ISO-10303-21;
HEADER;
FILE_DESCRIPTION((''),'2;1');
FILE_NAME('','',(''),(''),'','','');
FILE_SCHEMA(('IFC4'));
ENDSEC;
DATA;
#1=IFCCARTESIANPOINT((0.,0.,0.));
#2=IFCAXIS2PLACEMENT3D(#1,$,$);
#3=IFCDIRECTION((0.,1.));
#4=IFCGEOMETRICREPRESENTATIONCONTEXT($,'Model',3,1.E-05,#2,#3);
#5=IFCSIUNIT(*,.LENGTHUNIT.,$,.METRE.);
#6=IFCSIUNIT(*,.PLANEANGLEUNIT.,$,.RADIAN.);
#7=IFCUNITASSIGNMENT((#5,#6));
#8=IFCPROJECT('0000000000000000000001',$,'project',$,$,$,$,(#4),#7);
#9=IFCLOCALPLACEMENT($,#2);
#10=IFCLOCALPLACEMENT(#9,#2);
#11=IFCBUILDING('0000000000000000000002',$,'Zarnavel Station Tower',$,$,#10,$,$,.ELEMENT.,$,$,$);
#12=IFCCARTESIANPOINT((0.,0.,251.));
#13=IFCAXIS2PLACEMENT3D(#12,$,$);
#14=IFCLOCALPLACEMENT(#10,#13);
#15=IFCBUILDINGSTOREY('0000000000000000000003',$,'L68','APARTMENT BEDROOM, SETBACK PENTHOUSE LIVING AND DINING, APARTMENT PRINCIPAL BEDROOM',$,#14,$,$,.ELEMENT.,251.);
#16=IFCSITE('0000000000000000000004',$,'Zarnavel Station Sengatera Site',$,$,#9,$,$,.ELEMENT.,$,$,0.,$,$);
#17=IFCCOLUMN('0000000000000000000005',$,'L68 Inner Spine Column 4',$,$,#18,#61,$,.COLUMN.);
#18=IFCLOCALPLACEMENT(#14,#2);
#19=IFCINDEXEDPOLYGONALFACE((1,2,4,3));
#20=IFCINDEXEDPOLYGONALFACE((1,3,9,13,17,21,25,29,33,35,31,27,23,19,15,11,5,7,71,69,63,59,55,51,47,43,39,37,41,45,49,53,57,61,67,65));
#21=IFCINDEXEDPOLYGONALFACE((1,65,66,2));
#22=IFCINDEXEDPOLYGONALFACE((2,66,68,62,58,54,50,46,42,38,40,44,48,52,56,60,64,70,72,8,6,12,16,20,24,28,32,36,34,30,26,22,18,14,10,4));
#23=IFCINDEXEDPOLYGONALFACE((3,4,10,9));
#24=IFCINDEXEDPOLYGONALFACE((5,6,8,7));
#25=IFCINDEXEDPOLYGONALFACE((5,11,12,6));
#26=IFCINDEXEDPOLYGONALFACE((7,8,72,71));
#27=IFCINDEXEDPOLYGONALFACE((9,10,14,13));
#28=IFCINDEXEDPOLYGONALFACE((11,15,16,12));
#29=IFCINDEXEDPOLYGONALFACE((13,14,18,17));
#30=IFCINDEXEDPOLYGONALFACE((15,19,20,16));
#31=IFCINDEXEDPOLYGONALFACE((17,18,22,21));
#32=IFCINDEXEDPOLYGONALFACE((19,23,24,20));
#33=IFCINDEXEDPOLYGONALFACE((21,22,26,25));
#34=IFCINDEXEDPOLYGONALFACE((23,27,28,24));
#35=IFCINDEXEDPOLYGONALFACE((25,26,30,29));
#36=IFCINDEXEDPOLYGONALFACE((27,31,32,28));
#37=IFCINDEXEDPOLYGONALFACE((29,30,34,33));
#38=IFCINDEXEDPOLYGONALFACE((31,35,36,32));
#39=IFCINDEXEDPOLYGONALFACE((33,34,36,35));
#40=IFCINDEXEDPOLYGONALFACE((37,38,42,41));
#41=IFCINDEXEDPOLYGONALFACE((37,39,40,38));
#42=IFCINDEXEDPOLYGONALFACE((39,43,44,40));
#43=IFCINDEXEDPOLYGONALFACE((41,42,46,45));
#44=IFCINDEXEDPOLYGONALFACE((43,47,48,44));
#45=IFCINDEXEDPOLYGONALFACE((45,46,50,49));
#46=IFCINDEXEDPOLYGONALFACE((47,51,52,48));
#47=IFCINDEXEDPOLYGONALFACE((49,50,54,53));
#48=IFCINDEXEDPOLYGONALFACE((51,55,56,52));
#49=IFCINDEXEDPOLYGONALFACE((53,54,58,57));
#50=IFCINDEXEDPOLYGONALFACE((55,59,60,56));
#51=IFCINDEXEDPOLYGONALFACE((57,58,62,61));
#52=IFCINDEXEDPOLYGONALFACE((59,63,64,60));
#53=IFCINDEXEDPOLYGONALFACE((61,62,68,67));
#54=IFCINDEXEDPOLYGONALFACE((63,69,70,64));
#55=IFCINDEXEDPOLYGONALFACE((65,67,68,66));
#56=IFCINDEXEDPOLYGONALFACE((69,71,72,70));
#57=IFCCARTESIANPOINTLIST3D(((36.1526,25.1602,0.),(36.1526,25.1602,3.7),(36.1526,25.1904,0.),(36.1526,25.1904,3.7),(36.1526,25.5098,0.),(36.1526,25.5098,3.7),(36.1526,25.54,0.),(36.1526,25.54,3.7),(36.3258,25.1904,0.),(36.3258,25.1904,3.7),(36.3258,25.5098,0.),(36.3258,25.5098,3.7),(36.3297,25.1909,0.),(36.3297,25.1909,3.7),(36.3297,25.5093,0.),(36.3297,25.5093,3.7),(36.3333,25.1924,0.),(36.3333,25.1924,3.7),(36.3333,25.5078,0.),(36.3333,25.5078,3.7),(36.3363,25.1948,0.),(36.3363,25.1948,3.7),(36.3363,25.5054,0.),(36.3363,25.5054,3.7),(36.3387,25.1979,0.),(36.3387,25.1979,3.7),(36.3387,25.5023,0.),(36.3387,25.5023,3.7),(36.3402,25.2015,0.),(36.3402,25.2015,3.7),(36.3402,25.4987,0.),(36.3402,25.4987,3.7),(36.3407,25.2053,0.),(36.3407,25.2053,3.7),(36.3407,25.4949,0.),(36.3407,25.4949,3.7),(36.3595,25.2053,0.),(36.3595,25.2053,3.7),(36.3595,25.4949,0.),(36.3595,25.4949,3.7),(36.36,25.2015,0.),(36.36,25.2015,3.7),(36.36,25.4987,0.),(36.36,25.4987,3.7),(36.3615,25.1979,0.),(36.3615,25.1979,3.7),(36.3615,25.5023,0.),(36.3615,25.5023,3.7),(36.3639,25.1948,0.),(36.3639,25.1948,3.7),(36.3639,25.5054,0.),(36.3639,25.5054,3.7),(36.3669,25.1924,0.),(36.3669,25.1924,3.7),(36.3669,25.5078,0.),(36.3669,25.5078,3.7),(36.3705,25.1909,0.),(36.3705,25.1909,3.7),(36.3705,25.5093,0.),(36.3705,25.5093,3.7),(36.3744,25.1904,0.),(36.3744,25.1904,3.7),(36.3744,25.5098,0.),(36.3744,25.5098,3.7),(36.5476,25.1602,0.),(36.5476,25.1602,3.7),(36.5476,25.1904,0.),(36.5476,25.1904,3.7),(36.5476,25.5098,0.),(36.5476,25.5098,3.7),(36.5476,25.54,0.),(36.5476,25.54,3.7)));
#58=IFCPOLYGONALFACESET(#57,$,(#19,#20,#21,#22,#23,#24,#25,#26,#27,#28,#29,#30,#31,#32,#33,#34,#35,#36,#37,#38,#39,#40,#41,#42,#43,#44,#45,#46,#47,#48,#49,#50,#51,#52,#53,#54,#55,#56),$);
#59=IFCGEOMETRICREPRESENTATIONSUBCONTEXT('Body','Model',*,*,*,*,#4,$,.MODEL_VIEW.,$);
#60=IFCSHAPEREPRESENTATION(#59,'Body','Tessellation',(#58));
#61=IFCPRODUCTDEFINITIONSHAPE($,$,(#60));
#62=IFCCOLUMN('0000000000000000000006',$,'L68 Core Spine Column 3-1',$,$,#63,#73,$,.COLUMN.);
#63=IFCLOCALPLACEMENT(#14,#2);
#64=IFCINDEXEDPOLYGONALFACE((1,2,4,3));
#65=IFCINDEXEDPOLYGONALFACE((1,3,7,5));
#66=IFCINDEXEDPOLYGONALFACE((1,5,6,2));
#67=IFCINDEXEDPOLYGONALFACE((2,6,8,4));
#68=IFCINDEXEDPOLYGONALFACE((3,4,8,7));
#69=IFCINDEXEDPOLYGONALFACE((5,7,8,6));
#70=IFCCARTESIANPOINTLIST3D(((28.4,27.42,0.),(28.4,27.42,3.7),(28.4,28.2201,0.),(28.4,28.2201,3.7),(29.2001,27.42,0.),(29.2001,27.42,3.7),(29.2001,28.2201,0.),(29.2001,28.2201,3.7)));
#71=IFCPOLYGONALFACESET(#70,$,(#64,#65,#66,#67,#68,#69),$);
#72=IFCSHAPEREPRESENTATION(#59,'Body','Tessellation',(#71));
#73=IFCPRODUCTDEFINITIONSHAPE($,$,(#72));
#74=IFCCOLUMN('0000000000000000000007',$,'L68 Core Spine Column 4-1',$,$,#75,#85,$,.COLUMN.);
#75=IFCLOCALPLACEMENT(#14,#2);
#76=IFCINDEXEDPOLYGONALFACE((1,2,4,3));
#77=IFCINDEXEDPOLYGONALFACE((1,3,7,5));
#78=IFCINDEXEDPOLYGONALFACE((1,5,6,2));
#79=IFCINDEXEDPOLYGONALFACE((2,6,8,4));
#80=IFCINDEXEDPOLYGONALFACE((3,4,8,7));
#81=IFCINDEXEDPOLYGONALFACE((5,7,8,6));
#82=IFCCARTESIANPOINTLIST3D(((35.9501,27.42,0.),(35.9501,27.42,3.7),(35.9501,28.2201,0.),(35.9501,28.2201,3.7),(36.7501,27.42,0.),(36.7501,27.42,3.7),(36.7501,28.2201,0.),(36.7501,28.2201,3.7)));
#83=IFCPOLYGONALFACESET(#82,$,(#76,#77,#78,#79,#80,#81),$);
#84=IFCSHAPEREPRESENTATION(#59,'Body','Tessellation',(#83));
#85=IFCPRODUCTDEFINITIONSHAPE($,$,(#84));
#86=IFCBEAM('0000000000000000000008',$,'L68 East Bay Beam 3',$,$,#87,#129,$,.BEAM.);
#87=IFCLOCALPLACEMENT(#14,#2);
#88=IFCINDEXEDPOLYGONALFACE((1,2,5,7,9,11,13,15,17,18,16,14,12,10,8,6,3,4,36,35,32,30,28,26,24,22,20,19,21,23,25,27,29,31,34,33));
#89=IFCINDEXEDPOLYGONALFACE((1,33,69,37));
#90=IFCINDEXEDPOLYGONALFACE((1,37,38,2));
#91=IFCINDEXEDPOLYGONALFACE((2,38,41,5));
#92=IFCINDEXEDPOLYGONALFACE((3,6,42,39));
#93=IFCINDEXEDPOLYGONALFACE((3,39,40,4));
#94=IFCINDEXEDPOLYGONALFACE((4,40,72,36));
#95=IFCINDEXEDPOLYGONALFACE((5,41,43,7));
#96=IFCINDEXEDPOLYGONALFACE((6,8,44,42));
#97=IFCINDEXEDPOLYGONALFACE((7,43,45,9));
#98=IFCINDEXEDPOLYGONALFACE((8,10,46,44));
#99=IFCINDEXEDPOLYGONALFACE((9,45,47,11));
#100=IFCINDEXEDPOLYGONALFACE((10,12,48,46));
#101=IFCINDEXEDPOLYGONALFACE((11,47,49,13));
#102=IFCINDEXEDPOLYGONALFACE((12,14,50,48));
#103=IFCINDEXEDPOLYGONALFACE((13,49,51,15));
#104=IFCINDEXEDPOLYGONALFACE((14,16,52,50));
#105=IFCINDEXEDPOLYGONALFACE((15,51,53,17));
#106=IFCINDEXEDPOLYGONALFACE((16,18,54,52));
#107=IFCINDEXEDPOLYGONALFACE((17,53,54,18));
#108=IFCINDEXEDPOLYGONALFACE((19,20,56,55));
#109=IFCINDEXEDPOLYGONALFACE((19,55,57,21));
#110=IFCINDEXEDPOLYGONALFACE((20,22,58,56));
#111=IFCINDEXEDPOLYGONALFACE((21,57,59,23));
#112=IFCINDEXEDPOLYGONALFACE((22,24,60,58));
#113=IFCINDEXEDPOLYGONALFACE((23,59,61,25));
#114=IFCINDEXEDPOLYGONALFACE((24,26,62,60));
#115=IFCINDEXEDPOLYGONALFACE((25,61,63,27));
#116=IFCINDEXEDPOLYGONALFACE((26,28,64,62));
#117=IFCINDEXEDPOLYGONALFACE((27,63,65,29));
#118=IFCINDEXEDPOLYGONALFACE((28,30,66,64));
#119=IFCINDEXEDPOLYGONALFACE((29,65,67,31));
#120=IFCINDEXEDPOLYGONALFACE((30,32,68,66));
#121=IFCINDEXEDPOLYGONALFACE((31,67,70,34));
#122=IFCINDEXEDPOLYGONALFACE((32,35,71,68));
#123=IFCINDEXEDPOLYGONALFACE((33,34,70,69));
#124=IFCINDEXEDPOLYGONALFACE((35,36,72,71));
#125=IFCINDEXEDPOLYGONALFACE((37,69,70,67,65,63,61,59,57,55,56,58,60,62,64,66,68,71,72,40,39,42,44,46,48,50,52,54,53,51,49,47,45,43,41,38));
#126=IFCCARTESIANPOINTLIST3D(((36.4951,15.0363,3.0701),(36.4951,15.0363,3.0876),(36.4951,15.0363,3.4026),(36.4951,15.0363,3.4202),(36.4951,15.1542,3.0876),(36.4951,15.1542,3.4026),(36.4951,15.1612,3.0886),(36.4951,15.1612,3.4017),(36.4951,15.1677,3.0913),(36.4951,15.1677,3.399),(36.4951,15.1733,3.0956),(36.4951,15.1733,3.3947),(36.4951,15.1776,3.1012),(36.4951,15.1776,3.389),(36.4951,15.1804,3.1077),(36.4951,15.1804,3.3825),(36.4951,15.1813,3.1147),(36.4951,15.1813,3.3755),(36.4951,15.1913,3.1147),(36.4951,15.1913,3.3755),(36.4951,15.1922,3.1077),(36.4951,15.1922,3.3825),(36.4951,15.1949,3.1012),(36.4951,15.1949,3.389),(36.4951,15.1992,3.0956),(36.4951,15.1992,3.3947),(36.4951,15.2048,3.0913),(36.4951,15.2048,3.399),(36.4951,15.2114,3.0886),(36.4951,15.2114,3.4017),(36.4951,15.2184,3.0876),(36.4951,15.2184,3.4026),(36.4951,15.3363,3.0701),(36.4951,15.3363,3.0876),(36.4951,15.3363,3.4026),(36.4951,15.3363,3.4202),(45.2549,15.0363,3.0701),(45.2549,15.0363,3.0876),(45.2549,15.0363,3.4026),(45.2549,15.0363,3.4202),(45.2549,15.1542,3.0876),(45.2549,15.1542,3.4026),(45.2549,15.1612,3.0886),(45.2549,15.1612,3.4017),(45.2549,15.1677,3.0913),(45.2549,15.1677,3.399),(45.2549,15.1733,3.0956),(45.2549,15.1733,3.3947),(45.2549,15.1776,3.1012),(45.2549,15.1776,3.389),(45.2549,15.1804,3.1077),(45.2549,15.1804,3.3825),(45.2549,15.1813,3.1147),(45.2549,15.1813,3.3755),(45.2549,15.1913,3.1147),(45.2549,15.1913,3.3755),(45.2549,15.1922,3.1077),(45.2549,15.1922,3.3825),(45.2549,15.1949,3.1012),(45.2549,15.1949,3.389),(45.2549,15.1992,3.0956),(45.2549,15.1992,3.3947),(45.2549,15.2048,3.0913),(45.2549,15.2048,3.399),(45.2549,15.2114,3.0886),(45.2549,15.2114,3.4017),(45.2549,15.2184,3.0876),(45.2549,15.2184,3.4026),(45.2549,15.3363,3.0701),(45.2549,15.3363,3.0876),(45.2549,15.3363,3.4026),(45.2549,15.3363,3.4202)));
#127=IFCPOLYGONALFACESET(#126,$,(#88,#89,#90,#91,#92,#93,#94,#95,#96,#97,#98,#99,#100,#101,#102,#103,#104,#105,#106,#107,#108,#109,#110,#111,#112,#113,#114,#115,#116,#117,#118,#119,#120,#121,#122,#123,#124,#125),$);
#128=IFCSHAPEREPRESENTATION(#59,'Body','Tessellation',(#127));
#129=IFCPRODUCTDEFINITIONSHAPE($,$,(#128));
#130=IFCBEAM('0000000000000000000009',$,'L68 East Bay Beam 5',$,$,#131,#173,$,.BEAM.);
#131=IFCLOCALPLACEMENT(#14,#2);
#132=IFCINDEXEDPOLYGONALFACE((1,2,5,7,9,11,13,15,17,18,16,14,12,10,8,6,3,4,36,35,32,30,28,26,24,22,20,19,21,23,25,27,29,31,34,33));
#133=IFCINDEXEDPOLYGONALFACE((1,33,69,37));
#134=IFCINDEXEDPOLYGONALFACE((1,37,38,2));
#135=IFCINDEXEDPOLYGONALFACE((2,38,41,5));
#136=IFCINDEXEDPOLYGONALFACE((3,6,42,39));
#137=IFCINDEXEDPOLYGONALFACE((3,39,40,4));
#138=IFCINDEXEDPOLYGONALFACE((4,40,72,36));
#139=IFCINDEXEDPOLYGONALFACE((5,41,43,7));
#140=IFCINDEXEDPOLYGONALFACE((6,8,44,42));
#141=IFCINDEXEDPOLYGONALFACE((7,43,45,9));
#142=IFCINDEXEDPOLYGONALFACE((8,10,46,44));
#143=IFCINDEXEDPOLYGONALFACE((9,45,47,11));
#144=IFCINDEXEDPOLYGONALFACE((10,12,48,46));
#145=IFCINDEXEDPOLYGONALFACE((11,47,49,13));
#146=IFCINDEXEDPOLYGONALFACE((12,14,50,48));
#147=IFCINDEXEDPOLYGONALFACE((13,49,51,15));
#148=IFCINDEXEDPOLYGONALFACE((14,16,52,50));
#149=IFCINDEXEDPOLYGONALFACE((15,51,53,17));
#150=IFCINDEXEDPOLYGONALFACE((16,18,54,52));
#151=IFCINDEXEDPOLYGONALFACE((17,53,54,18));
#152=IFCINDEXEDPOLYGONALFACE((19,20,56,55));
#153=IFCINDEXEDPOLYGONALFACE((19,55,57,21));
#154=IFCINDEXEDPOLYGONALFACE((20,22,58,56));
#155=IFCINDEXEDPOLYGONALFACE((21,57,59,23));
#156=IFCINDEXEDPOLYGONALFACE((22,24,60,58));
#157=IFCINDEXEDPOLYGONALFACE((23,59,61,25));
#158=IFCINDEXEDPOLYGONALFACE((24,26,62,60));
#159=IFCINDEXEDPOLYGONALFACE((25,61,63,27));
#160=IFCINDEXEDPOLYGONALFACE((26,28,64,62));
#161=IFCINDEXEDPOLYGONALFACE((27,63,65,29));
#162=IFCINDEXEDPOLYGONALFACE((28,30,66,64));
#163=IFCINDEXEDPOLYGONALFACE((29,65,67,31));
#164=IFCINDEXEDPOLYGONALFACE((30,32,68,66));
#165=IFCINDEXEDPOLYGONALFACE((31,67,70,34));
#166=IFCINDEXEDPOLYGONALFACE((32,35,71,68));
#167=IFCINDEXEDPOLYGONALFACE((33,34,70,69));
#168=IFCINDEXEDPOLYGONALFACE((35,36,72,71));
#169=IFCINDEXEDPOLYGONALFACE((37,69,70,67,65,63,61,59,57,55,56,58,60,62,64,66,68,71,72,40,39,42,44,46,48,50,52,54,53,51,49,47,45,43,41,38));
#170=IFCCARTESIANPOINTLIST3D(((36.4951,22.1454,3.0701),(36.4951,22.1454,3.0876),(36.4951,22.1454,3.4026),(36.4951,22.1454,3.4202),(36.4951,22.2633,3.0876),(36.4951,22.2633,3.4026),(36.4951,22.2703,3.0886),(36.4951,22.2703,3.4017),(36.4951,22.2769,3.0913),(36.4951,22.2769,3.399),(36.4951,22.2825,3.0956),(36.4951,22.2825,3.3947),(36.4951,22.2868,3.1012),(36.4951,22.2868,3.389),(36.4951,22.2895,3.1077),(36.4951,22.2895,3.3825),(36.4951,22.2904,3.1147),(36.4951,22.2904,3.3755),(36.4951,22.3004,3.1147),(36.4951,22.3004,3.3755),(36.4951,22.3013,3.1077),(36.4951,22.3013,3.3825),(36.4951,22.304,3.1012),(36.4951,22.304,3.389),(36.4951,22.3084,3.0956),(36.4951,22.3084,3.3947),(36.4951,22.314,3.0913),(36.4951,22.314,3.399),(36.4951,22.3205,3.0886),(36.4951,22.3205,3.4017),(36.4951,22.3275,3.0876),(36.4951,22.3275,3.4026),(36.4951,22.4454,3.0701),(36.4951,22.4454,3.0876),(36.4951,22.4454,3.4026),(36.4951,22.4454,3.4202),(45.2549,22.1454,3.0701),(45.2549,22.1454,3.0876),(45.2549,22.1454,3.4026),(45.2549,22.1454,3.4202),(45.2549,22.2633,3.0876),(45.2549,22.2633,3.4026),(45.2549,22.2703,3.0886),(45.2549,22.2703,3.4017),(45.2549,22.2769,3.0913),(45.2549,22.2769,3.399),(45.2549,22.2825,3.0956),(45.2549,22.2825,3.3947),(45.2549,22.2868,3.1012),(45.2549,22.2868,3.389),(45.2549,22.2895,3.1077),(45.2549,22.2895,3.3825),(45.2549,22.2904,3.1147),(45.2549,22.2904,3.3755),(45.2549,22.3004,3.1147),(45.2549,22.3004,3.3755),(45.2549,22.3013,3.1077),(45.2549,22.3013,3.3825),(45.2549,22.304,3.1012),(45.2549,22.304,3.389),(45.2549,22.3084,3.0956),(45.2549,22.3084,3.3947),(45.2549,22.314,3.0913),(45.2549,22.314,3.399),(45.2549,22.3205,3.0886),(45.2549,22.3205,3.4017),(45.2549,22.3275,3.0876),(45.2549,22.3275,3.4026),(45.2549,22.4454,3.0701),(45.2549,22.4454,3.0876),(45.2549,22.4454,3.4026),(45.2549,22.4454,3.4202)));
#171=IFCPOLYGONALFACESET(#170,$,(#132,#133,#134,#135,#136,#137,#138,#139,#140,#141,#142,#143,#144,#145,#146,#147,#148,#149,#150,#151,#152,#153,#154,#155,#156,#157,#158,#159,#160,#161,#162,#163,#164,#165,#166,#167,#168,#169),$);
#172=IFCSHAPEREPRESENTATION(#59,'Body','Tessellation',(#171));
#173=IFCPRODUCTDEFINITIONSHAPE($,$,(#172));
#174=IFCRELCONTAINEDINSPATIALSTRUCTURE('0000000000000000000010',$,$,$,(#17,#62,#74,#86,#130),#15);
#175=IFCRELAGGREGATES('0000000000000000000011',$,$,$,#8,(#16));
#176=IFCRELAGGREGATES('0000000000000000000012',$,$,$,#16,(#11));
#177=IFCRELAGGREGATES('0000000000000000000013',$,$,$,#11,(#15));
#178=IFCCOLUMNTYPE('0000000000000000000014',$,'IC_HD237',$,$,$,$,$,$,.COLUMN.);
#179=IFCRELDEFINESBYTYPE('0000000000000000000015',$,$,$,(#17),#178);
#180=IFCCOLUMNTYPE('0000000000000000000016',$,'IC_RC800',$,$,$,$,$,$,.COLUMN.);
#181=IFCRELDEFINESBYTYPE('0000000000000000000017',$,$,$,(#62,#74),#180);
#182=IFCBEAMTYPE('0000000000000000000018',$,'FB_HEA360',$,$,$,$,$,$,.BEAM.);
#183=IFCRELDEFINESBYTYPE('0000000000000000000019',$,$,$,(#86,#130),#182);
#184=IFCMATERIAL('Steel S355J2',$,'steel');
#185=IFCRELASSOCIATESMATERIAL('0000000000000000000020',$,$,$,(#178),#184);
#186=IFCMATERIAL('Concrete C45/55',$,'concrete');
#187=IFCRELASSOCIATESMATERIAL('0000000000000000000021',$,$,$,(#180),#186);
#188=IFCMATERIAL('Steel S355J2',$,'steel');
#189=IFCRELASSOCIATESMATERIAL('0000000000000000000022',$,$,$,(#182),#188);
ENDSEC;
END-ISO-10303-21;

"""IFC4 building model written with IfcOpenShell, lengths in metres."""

from ifc_helpers import new_model, si_unit, direction, frame, origin, origin_2d, place, context, subcontext, project, spatial, rectangle, i_section, extrude, material, material_profile, profile_set, type_object, element, save


model = new_model("IFC4")

# Units and contexts
model_context = context("Model", 3, precision=1e-05, world=origin(), true_north=direction((0.0, 1.0)))
body_context = subcontext(model_context, "Body", "Model", "MODEL_VIEW")
ifc_project = project(units=[si_unit("LENGTHUNIT", "METRE"), si_unit("PLANEANGLEUNIT", "RADIAN")], contexts=[model_context])

# Site, building, storey
site_placement = place(None, origin())
site = spatial("IfcSite", under=ifc_project, at=site_placement, Name="Zarnavel Station Sengatera Site", CompositionType="ELEMENT", RefElevation=0.0)
building_placement = place(site_placement, origin())
building = spatial("IfcBuilding", under=site, at=building_placement, Name="Zarnavel Station Tower", CompositionType="ELEMENT")
storey_placement = place(building_placement, frame((0.0, 0.0, 251.0)))
storey = spatial("IfcBuildingStorey", under=building, at=storey_placement, Name="L68", Description="APARTMENT BEDROOM, SETBACK PENTHOUSE LIVING AND DINING, APARTMENT PRINCIPAL BEDROOM", CompositionType="ELEMENT", Elevation=251.0)

# Columns
ifc_material_1 = material(Name="Steel S355J2", Category="steel")
ifc_material_profile_1 = material_profile(ifc_material_1, i_section(OverallWidth=0.395, OverallDepth=0.3799, WebThickness=0.0188, FlangeThickness=0.0303, FilletRadius=0.0149, at=origin_2d()), Name="HD400x237")
ifc_profile_set_1 = profile_set([ifc_material_profile_1], Name="Steel S355J2")
column_type_1 = type_object("IfcColumnType", Name="IC_HD237", PredefinedType="COLUMN", material=ifc_profile_set_1)
column_placement = place(storey_placement, frame((36.3501, 25.3501, 0.0), z_axis=(0.0, 0.0, 1.0), x_axis=(1.0, 0.0, 0.0)))
element("IfcColumn", 1, at=column_placement, inside=storey, type_object=column_type_1, Name="L68 Inner Spine Column 4", PredefinedType="COLUMN", context=body_context, shape_type="SweptSolid", body=[
    extrude(i_section(OverallWidth=0.395, OverallDepth=0.3799, WebThickness=0.0188, FlangeThickness=0.0303, FilletRadius=0.0149, at=origin_2d()), origin(), (0.0, 0.0, 1.0), 3.7),
])
ifc_material_2 = material(Name="Concrete C45/55", Category="concrete")
ifc_material_profile_2 = material_profile(ifc_material_2, rectangle(XDim=0.8, YDim=0.8, at=origin_2d()), Name="RC800x800")
ifc_profile_set_2 = profile_set([ifc_material_profile_2], Name="Concrete C45/55")
column_type_2 = type_object("IfcColumnType", Name="IC_RC800", PredefinedType="COLUMN", material=ifc_profile_set_2)
for number, where, z_axis, x_axis, name in (
    (2, (28.8, 27.8201, 0.0), (0.0, 0.0, 1.0), (1.0, 0.0, 0.0), "L68 Core Spine Column 3-1"),
    (3, (36.3501, 27.8201, 0.0), (0.0, 0.0, 1.0), (1.0, 0.0, 0.0), "L68 Core Spine Column 4-1"),
):
    element("IfcColumn", number, at=place(storey_placement, frame(where, z_axis=z_axis, x_axis=x_axis)), inside=storey, type_object=column_type_2, Name=name, PredefinedType="COLUMN", context=body_context, shape_type="SweptSolid", body=[
        extrude(rectangle(XDim=0.8, YDim=0.8, at=origin_2d()), origin(), (0.0, 0.0, 1.0), 3.7),
    ])

# Beams
ifc_material_3 = material(Name="Steel S355J2", Category="steel")
ifc_material_profile_3 = material_profile(ifc_material_3, i_section(OverallWidth=0.3, OverallDepth=0.3501, WebThickness=0.01, FlangeThickness=0.0176, FilletRadius=0.0271, at=origin_2d()), Name="HEA360")
ifc_profile_set_3 = profile_set([ifc_material_profile_3], Name="Steel S355J2")
beam_type_1 = type_object("IfcBeamType", Name="FB_HEA360", PredefinedType="BEAM", material=ifc_profile_set_3)
for number, where, z_axis, x_axis, name in (
    (4, (36.4951, 15.1863, 3.2451), (1.0, 0.0, 0.0), (0.0, 1.0, 0.0), "L68 East Bay Beam 3"),
    (5, (36.4951, 22.2954, 3.2451), (1.0, 0.0, 0.0), (0.0, 1.0, 0.0), "L68 East Bay Beam 5"),
):
    element("IfcBeam", number, at=place(storey_placement, frame(where, z_axis=z_axis, x_axis=x_axis)), inside=storey, type_object=beam_type_1, Name=name, PredefinedType="BEAM", context=body_context, shape_type="SweptSolid", body=[
        extrude(i_section(OverallWidth=0.3, OverallDepth=0.3501, WebThickness=0.01, FlangeThickness=0.0176, FilletRadius=0.0271, at=origin_2d()), origin(), (0.0, 0.0, 1.0), 8.7598),
    ])

save(model, "model.ifc")
